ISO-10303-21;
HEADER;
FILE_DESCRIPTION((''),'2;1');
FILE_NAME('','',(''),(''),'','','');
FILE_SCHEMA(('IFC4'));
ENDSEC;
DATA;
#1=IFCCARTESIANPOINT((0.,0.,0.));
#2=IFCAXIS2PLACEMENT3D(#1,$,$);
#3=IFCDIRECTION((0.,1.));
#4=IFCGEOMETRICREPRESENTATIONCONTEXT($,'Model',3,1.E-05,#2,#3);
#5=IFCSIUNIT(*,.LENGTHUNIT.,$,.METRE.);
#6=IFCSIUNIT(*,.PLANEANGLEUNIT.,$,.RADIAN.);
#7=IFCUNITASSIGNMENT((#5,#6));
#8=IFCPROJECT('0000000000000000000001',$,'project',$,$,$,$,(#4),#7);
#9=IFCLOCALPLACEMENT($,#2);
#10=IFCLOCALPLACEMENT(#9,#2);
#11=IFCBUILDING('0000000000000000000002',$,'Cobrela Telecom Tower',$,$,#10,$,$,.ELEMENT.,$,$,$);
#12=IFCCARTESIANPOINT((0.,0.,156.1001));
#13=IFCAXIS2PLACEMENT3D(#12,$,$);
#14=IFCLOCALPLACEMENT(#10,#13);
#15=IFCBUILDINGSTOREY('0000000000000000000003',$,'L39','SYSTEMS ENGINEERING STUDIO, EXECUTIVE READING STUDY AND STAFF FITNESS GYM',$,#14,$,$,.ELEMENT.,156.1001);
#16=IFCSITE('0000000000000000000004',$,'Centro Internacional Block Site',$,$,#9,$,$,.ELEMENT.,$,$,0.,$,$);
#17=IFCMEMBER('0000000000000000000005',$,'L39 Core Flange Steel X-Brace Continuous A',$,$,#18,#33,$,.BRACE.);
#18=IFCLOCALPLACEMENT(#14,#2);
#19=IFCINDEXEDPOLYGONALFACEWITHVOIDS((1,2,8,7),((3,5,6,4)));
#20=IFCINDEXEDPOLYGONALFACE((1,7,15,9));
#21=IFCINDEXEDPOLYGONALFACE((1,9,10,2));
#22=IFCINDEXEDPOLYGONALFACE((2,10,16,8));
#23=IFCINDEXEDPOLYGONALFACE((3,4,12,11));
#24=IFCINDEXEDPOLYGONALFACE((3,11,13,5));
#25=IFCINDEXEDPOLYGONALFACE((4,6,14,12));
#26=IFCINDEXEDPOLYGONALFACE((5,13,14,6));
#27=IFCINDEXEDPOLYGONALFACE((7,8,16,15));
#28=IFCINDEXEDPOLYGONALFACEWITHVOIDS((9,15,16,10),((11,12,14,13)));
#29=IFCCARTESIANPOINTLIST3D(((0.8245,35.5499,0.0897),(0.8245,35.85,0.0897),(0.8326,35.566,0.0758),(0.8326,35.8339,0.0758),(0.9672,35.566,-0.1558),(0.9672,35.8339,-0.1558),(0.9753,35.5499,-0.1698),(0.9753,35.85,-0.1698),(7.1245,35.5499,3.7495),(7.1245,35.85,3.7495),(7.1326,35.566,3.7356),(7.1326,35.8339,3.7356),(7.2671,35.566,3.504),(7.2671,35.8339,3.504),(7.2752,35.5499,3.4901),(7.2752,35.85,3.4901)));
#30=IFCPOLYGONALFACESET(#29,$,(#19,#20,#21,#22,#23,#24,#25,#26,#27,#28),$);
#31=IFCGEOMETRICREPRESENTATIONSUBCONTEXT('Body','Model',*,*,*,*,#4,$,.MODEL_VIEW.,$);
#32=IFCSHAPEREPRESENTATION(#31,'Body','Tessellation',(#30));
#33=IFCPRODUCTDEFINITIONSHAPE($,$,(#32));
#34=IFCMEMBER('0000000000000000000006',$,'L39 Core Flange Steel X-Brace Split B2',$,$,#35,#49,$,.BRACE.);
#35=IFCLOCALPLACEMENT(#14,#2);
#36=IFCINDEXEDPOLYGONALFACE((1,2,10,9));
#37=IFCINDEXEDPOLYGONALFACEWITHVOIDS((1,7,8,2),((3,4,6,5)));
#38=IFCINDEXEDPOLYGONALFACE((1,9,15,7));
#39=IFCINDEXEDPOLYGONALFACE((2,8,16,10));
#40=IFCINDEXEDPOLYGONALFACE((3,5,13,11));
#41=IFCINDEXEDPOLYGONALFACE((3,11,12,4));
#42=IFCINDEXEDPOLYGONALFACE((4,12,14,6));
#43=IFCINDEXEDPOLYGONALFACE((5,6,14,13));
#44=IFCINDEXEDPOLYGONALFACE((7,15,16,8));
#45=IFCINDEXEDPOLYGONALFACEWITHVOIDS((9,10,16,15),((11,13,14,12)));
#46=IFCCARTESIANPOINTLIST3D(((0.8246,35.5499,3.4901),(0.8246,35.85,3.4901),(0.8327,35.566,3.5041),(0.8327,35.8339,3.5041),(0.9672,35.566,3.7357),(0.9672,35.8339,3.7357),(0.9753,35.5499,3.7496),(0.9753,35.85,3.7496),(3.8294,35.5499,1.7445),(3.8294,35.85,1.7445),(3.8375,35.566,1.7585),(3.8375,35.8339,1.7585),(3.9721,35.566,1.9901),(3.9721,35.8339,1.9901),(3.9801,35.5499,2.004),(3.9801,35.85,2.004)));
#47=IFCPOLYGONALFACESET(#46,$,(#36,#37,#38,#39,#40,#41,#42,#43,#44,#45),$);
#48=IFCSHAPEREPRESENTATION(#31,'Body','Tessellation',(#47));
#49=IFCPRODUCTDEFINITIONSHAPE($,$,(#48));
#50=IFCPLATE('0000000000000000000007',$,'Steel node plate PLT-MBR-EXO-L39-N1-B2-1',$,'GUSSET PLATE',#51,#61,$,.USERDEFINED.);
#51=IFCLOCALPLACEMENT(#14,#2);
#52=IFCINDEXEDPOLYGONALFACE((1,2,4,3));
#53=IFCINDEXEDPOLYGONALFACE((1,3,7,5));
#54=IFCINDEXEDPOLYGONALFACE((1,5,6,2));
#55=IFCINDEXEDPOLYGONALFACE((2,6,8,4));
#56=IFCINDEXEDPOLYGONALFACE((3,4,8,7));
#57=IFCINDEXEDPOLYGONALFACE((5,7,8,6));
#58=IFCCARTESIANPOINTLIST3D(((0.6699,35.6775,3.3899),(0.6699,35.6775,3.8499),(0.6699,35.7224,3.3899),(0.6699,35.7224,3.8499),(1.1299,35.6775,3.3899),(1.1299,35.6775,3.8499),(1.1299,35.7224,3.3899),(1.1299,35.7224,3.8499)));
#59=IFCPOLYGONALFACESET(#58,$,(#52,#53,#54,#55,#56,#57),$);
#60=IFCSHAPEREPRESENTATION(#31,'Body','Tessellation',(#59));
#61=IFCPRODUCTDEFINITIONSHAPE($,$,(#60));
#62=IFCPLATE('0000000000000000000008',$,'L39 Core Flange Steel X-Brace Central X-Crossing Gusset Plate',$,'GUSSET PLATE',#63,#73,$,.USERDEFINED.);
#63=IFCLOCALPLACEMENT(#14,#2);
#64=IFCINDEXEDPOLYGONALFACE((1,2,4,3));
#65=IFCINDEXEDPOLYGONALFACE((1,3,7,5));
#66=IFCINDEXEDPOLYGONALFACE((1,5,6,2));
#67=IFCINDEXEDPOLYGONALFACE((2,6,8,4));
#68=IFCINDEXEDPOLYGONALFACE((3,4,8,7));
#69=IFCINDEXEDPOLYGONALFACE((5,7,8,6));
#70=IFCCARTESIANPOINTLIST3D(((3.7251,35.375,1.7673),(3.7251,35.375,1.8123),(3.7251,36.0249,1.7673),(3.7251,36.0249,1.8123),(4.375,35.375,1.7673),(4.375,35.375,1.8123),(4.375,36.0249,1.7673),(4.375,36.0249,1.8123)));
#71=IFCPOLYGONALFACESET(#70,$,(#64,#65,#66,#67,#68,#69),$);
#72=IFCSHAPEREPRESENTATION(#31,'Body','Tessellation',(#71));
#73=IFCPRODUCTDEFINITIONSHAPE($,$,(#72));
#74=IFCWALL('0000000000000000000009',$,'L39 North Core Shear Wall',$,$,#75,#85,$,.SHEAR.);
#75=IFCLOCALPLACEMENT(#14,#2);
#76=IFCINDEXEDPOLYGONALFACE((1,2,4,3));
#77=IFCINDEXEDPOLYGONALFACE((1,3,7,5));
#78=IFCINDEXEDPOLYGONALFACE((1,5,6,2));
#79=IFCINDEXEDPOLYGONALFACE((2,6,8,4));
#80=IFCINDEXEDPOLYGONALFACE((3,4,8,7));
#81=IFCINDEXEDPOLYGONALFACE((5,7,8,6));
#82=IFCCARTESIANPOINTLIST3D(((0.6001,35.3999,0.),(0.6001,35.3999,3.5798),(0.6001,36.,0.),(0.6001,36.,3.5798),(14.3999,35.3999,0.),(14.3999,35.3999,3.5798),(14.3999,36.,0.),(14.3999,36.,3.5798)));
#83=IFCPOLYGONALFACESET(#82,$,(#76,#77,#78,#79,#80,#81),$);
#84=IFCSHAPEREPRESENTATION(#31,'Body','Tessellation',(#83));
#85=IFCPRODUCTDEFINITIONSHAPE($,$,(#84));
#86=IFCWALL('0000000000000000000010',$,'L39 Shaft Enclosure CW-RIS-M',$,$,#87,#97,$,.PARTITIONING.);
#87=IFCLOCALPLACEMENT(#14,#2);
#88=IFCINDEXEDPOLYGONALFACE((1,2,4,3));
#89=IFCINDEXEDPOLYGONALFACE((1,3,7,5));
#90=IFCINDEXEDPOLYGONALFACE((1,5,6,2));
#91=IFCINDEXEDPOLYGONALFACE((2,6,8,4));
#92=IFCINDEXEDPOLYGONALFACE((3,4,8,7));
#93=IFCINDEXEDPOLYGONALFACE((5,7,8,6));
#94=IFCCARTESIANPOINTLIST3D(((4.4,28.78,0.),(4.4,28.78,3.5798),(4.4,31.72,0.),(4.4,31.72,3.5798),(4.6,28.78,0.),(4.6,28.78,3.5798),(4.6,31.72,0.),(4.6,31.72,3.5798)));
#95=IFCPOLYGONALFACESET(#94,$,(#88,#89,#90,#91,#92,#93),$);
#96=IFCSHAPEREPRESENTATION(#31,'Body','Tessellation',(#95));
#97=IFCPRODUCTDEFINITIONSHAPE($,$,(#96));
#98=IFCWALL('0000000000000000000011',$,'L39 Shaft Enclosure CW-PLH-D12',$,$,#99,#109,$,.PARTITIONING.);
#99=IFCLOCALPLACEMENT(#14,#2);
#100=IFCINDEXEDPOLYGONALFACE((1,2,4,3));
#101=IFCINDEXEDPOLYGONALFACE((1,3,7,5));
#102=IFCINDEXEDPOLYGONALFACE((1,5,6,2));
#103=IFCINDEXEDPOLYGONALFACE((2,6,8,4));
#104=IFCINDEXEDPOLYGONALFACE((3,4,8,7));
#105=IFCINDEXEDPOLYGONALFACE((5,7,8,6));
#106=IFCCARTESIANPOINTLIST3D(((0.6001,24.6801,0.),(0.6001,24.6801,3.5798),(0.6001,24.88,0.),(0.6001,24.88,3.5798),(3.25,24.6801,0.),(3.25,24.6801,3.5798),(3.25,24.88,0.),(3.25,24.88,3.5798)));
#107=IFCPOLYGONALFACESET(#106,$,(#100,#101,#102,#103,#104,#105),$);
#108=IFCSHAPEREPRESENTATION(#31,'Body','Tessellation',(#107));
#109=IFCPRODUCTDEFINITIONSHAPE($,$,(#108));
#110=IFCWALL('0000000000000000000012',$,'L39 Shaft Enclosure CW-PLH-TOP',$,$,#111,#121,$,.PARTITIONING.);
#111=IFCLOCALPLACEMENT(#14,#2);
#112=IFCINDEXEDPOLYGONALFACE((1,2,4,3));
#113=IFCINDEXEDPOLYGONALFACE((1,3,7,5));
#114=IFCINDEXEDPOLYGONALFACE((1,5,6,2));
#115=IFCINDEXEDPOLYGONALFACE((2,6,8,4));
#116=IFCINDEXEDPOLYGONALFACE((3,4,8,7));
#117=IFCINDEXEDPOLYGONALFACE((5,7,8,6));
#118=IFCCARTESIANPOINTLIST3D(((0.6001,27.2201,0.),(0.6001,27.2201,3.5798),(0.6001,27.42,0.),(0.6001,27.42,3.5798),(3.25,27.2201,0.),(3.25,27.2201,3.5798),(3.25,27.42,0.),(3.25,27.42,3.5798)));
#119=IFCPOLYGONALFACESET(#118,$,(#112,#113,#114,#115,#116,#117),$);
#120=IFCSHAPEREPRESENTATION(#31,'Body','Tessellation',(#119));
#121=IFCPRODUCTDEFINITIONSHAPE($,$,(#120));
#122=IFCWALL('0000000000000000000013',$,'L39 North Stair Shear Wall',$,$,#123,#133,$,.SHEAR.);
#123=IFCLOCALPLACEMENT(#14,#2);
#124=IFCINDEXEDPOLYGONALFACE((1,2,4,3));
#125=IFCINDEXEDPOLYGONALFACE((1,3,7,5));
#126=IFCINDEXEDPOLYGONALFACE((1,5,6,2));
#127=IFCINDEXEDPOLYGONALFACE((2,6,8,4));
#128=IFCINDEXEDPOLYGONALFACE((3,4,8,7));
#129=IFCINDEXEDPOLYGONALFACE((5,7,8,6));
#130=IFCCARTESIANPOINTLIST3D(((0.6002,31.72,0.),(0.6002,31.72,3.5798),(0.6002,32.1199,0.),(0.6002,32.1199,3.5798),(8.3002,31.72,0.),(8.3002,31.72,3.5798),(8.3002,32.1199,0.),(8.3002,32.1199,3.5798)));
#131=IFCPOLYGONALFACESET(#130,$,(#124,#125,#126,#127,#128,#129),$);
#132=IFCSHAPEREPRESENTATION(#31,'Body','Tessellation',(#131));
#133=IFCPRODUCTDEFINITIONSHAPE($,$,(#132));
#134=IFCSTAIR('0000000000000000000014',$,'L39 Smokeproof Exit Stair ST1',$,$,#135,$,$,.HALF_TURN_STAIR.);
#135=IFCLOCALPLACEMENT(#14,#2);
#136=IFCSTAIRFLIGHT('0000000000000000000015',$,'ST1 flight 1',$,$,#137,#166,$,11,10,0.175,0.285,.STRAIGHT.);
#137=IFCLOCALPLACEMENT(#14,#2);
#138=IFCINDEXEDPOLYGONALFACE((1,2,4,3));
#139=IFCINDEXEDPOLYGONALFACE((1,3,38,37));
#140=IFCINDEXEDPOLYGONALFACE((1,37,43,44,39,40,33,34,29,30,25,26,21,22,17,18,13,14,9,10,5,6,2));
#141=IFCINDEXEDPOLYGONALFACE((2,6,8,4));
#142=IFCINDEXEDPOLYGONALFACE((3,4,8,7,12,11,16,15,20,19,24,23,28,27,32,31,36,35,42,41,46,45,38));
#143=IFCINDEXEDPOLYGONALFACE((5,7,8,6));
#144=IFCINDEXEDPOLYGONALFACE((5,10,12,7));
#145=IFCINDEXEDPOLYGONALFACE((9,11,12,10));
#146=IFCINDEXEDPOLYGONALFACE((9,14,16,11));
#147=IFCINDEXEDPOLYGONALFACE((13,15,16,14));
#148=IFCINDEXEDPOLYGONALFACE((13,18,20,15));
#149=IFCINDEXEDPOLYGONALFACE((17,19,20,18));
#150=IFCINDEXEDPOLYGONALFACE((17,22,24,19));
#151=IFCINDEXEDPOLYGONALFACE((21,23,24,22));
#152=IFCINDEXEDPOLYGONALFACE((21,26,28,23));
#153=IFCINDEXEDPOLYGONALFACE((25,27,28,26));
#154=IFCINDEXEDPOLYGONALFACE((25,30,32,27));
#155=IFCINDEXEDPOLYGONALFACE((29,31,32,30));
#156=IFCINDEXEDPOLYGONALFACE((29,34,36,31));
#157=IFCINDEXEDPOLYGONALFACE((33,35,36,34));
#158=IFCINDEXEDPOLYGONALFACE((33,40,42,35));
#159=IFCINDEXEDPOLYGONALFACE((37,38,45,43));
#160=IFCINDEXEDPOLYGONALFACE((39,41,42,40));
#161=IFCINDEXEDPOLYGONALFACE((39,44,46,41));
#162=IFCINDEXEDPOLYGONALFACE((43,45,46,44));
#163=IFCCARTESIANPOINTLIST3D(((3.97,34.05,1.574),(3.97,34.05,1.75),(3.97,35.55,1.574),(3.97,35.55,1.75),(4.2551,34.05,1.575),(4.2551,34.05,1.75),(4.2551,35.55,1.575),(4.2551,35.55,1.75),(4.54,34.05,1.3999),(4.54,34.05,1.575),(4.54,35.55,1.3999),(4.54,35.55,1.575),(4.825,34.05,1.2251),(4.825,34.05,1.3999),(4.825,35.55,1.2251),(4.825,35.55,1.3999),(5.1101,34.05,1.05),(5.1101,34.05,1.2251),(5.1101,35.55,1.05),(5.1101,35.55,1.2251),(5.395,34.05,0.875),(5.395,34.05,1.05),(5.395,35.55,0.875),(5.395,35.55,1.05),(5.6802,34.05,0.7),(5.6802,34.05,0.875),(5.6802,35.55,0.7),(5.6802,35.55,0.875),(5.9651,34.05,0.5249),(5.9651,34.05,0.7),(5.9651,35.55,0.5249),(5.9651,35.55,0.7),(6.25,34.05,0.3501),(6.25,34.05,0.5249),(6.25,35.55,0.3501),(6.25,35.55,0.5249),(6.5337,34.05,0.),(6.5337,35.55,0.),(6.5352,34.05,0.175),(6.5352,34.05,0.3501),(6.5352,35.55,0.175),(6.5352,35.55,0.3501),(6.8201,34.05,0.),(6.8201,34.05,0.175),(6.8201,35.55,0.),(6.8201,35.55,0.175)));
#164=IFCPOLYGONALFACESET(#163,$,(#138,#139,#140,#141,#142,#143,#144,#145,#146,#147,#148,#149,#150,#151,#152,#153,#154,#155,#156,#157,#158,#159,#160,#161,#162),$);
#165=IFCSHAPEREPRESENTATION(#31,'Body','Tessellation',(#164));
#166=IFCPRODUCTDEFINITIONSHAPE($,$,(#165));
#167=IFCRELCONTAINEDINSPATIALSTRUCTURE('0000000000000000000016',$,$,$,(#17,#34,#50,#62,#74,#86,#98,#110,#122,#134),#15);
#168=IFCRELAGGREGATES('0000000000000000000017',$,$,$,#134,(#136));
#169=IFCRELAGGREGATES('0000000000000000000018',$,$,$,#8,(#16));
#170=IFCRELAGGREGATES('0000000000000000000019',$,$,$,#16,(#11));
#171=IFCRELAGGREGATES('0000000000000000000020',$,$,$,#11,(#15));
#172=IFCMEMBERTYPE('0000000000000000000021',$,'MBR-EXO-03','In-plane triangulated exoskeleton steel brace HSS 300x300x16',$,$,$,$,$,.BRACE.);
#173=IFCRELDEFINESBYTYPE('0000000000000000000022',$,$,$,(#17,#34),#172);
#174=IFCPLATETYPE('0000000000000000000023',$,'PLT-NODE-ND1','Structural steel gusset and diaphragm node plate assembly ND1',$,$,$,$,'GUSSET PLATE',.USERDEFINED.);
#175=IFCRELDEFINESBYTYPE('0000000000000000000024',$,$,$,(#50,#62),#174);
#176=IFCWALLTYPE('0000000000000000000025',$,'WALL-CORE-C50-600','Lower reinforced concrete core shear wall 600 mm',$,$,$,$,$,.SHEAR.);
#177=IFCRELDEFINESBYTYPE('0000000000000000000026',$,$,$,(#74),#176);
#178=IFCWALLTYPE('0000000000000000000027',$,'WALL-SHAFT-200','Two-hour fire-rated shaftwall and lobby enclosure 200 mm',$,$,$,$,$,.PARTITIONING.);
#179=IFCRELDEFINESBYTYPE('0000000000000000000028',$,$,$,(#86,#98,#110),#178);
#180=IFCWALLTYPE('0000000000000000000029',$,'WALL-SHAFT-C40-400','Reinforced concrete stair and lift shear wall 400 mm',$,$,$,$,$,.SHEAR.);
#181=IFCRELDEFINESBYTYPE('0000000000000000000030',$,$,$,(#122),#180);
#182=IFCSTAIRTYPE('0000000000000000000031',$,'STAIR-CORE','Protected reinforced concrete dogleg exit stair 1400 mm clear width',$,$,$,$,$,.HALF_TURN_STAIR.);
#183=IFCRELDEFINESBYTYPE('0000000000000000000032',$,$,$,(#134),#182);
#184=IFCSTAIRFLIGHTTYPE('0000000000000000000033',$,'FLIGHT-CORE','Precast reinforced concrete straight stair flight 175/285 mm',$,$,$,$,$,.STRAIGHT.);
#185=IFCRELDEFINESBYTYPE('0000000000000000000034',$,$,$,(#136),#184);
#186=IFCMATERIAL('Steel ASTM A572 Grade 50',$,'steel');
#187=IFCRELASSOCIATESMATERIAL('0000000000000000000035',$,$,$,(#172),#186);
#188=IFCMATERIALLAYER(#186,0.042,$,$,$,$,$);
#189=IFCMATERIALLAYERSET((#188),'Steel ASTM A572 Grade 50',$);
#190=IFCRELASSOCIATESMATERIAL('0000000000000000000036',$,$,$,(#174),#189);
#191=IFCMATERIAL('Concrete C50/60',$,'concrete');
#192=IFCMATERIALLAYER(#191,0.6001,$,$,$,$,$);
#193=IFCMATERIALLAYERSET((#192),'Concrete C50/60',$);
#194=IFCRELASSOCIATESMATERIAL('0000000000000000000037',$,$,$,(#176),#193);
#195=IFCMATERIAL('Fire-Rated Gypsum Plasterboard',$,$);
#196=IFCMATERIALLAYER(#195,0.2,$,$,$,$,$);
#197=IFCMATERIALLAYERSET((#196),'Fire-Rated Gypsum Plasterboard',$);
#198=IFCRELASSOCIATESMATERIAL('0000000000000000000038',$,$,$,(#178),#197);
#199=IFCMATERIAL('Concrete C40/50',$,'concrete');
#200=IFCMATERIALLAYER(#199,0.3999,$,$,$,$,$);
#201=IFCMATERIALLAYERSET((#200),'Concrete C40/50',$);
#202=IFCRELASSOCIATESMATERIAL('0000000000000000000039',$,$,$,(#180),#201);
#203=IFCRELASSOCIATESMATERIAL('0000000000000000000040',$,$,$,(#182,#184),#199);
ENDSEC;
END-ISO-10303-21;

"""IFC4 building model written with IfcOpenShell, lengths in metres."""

from ifc_helpers import new_model, si_unit, direction, frame, frame_2d, origin, origin_2d, place, context, subcontext, project, spatial, polyline, rectangle, hollow_rectangle, outline, extrude, material, layer, layer_set, material_profile, profile_set, type_object, element, aggregate, save


model = new_model("IFC4")

# Units and contexts
model_context = context("Model", 3, precision=1e-05, world=origin(), true_north=direction((0.0, 1.0)))
body_context = subcontext(model_context, "Body", "Model", "MODEL_VIEW")
ifc_project = project(units=[si_unit("LENGTHUNIT", "METRE"), si_unit("PLANEANGLEUNIT", "RADIAN")], contexts=[model_context])

# Site, building, storey
site_placement = place(None, origin())
site = spatial("IfcSite", under=ifc_project, at=site_placement, Name="Centro Internacional Block Site", CompositionType="ELEMENT", RefElevation=0.0)
building_placement = place(site_placement, origin())
building = spatial("IfcBuilding", under=site, at=building_placement, Name="Cobrela Telecom Tower", CompositionType="ELEMENT")
storey_placement = place(building_placement, frame((0.0, 0.0, 156.1001)))
storey = spatial("IfcBuildingStorey", under=building, at=storey_placement, Name="L39", Description="SYSTEMS ENGINEERING STUDIO, EXECUTIVE READING STUDY AND STAFF FITNESS GYM", CompositionType="ELEMENT", Elevation=156.1001)

# Members
ifc_material_1 = material(Name="Steel ASTM A572 Grade 50", Category="steel")
ifc_material_profile = material_profile(ifc_material_1, hollow_rectangle(XDim=0.3, YDim=0.3, WallThickness=0.0161, at=origin_2d()), Name="HSS 300x300x16")
ifc_profile_set = profile_set([ifc_material_profile], Name="Steel ASTM A572 Grade 50")
member_type = type_object("IfcMemberType", Name="MBR-EXO-03", Description="In-plane triangulated exoskeleton steel brace HSS 300x300x16", PredefinedType="BRACE", material=ifc_profile_set)
member_1_placement = place(storey_placement, frame((0.8999, 35.7, -0.04), z_axis=(0.864681, 0.0, 0.502322), x_axis=(0.0, 1.0, 0.0)))
element("IfcMember", 1, at=member_1_placement, inside=storey, type_object=member_type, Name="L39 Core Flange Steel X-Brace Continuous A", PredefinedType="BRACE", context=body_context, shape_type="SweptSolid", body=[
    extrude(hollow_rectangle(XDim=0.3, YDim=0.3, WallThickness=0.0161, at=origin_2d()), origin(), (0.0, 0.0, 1.0), 7.2859),
])
member_2_placement = place(storey_placement, frame((3.9048, 35.7, 1.8743), z_axis=(-0.864685, 0.0, 0.502315), x_axis=(0.0, -1.0, 0.0)))
element("IfcMember", 2, at=member_2_placement, inside=storey, type_object=member_type, Name="L39 Core Flange Steel X-Brace Split B2", PredefinedType="BRACE", context=body_context, shape_type="SweptSolid", body=[
    extrude(hollow_rectangle(XDim=0.3, YDim=0.3, WallThickness=0.0161, at=origin_2d()), origin(), (0.0, 0.0, 1.0), 3.4751),
])

# Plates
ifc_layer_1 = layer(ifc_material_1, 0.042)
ifc_layer_set_1 = layer_set([ifc_layer_1], Name="Steel ASTM A572 Grade 50")
plate_type = type_object("IfcPlateType", Name="PLT-NODE-ND1", Description="Structural steel gusset and diaphragm node plate assembly ND1", ElementType="GUSSET PLATE", PredefinedType="USERDEFINED", material=ifc_layer_set_1)
plate_1_placement = place(storey_placement, frame((0.8999, 35.7, 3.3899), z_axis=(0.0, 0.0, 1.0), x_axis=(-1.0, 0.0, 0.0)))
element("IfcPlate", 3, at=plate_1_placement, inside=storey, type_object=plate_type, Name="Steel node plate PLT-MBR-EXO-L39-N1-B2-1", ObjectType="GUSSET PLATE", PredefinedType="USERDEFINED", context=body_context, shape_type="SweptSolid", body=[
    extrude(rectangle(XDim=0.46, YDim=0.0449, at=origin_2d()), origin(), (0.0, 0.0, 1.0), 0.46),
])
plate_2_placement = place(storey_placement, frame((4.05, 35.7, 1.7673), z_axis=(0.0, 0.0, 1.0), x_axis=(1.0, 0.0, 0.0)))
element("IfcPlate", 4, at=plate_2_placement, inside=storey, type_object=plate_type, Name="L39 Core Flange Steel X-Brace Central X-Crossing Gusset Plate", ObjectType="GUSSET PLATE", PredefinedType="USERDEFINED", context=body_context, shape_type="SweptSolid", body=[
    extrude(rectangle(XDim=0.6499, YDim=0.6499, at=origin_2d()), origin(), (0.0, 0.0, 1.0), 0.0449),
])

# Wall
ifc_material_2 = material(Name="Concrete C50/60", Category="concrete")
ifc_layer_2 = layer(ifc_material_2, 0.6001)
ifc_layer_set_2 = layer_set([ifc_layer_2], Name="Concrete C50/60")
wall_type_1 = type_object("IfcWallType", Name="WALL-CORE-C50-600", Description="Lower reinforced concrete core shear wall 600 mm", PredefinedType="SHEAR", material=ifc_layer_set_2)
wall_1_placement = place(storey_placement, frame((0.6001, 35.7, 0.0), z_axis=(0.0, 0.0, 1.0), x_axis=(1.0, 0.0, 0.0)))
element("IfcWall", 5, at=wall_1_placement, inside=storey, type_object=wall_type_1, Name="L39 North Core Shear Wall", PredefinedType="SHEAR", context=body_context, shape_type="SweptSolid", body=[
    extrude(rectangle(XDim=13.7998, YDim=0.6001, at=frame_2d((6.8999, 0.0))), origin(), (0.0, 0.0, 1.0), 3.5798),
])

# Shared definitions
ifc_material_3 = material(Name="Fire-Rated Gypsum Plasterboard")
ifc_layer_3 = layer(ifc_material_3, 0.2)
ifc_layer_set_3 = layer_set([ifc_layer_3], Name="Fire-Rated Gypsum Plasterboard")
wall_type_2 = type_object("IfcWallType", Name="WALL-SHAFT-200", Description="Two-hour fire-rated shaftwall and lobby enclosure 200 mm", PredefinedType="PARTITIONING", material=ifc_layer_set_3)

# Walls
wall_2_placement = place(storey_placement, frame((4.5, 28.78, 0.0), z_axis=(0.0, 0.0, 1.0), x_axis=(0.0, 1.0, 0.0)))
element("IfcWall", 6, at=wall_2_placement, inside=storey, type_object=wall_type_2, Name="L39 Shaft Enclosure CW-RIS-M", PredefinedType="PARTITIONING", context=body_context, shape_type="SweptSolid", body=[
    extrude(rectangle(XDim=2.9399, YDim=0.2, at=frame_2d((1.47, 0.0))), origin(), (0.0, 0.0, 1.0), 3.5798),
])
for number, where, z_axis, x_axis, name in (
    (7, (0.6001, 24.78, 0.0), (0.0, 0.0, 1.0), (1.0, 0.0, 0.0), "L39 Shaft Enclosure CW-PLH-D12"),
    (8, (0.6001, 27.3201, 0.0), (0.0, 0.0, 1.0), (1.0, 0.0, 0.0), "L39 Shaft Enclosure CW-PLH-TOP"),
):
    element("IfcWall", number, at=place(storey_placement, frame(where, z_axis=z_axis, x_axis=x_axis)), inside=storey, type_object=wall_type_2, Name=name, PredefinedType="PARTITIONING", context=body_context, shape_type="SweptSolid", body=[
        extrude(rectangle(XDim=2.6499, YDim=0.2, at=frame_2d((1.325, 0.0))), origin(), (0.0, 0.0, 1.0), 3.5798),
    ])
ifc_material_4 = material(Name="Concrete C40/50", Category="concrete")
ifc_layer_4 = layer(ifc_material_4, 0.3999)
ifc_layer_set_4 = layer_set([ifc_layer_4], Name="Concrete C40/50")
wall_type_3 = type_object("IfcWallType", Name="WALL-SHAFT-C40-400", Description="Reinforced concrete stair and lift shear wall 400 mm", PredefinedType="SHEAR", material=ifc_layer_set_4)
wall_3_placement = place(storey_placement, frame((0.6001, 31.9199, 0.0), z_axis=(0.0, 0.0, 1.0), x_axis=(1.0, 0.0, 0.0)))
element("IfcWall", 9, at=wall_3_placement, inside=storey, type_object=wall_type_3, Name="L39 North Stair Shear Wall", PredefinedType="SHEAR", context=body_context, shape_type="SweptSolid", body=[
    extrude(rectangle(XDim=7.7, YDim=0.3999, at=frame_2d((3.8501, 0.0))), origin(), (0.0, 0.0, 1.0), 3.5798),
])

# Stair, stair flight
stair_type = type_object("IfcStairType", Name="STAIR-CORE", Description="Protected reinforced concrete dogleg exit stair 1400 mm clear width", PredefinedType="HALF_TURN_STAIR", material=ifc_material_4)
stair_placement = place(storey_placement, origin())
stair = element("IfcStair", 10, at=stair_placement, inside=storey, type_object=stair_type, Name="L39 Smokeproof Exit Stair ST1", PredefinedType="HALF_TURN_STAIR")
stair_flight_type = type_object("IfcStairFlightType", Name="FLIGHT-CORE", Description="Precast reinforced concrete straight stair flight 175/285 mm", PredefinedType="STRAIGHT", material=ifc_material_4)
stair_flight_1_placement = place(storey_placement, frame((6.8201, 34.8, 0.0), z_axis=(0.0, 0.0, 1.0), x_axis=(-1.0, 0.0, 0.0)))
stair_flight_1 = element("IfcStairFlight", 11, at=stair_flight_1_placement, type_object=stair_flight_type, Name="ST1 flight 1", NumberOfRisers=11, NumberOfTreads=10, PredefinedType="STRAIGHT", RiserHeight=0.175, TreadLength=0.285, context=body_context, shape_type="SweptSolid", body=[
    extrude(outline(polyline([(0.0, 0.0), (0.0, 0.175), (0.2849, 0.175), (0.2849, 0.3501), (0.5701, 0.3501), (0.5701, 0.5249), (0.855, 0.5249), (0.855, 0.7), (1.1399, 0.7), (1.1399, 0.875), (1.425, 0.875), (1.425, 1.05), (1.71, 1.05), (1.71, 1.2251), (1.9951, 1.2251), (1.9951, 1.3999), (2.28, 1.3999), (2.28, 1.575), (2.5649, 1.575), (2.5649, 1.75), (2.8501, 1.75), (2.8501, 1.925), (2.8501, 1.574), (0.2864, 0.0), (0.0, 0.0)])), frame((0.0, 0.75, 0.0), z_axis=(0.0, -1.0, 0.0), x_axis=(1.0, 0.0, 0.0)), (0.0, 0.0, 1.0), 1.5),
])
aggregate(stair, [stair_flight_1])

save(model, "model.ifc")
